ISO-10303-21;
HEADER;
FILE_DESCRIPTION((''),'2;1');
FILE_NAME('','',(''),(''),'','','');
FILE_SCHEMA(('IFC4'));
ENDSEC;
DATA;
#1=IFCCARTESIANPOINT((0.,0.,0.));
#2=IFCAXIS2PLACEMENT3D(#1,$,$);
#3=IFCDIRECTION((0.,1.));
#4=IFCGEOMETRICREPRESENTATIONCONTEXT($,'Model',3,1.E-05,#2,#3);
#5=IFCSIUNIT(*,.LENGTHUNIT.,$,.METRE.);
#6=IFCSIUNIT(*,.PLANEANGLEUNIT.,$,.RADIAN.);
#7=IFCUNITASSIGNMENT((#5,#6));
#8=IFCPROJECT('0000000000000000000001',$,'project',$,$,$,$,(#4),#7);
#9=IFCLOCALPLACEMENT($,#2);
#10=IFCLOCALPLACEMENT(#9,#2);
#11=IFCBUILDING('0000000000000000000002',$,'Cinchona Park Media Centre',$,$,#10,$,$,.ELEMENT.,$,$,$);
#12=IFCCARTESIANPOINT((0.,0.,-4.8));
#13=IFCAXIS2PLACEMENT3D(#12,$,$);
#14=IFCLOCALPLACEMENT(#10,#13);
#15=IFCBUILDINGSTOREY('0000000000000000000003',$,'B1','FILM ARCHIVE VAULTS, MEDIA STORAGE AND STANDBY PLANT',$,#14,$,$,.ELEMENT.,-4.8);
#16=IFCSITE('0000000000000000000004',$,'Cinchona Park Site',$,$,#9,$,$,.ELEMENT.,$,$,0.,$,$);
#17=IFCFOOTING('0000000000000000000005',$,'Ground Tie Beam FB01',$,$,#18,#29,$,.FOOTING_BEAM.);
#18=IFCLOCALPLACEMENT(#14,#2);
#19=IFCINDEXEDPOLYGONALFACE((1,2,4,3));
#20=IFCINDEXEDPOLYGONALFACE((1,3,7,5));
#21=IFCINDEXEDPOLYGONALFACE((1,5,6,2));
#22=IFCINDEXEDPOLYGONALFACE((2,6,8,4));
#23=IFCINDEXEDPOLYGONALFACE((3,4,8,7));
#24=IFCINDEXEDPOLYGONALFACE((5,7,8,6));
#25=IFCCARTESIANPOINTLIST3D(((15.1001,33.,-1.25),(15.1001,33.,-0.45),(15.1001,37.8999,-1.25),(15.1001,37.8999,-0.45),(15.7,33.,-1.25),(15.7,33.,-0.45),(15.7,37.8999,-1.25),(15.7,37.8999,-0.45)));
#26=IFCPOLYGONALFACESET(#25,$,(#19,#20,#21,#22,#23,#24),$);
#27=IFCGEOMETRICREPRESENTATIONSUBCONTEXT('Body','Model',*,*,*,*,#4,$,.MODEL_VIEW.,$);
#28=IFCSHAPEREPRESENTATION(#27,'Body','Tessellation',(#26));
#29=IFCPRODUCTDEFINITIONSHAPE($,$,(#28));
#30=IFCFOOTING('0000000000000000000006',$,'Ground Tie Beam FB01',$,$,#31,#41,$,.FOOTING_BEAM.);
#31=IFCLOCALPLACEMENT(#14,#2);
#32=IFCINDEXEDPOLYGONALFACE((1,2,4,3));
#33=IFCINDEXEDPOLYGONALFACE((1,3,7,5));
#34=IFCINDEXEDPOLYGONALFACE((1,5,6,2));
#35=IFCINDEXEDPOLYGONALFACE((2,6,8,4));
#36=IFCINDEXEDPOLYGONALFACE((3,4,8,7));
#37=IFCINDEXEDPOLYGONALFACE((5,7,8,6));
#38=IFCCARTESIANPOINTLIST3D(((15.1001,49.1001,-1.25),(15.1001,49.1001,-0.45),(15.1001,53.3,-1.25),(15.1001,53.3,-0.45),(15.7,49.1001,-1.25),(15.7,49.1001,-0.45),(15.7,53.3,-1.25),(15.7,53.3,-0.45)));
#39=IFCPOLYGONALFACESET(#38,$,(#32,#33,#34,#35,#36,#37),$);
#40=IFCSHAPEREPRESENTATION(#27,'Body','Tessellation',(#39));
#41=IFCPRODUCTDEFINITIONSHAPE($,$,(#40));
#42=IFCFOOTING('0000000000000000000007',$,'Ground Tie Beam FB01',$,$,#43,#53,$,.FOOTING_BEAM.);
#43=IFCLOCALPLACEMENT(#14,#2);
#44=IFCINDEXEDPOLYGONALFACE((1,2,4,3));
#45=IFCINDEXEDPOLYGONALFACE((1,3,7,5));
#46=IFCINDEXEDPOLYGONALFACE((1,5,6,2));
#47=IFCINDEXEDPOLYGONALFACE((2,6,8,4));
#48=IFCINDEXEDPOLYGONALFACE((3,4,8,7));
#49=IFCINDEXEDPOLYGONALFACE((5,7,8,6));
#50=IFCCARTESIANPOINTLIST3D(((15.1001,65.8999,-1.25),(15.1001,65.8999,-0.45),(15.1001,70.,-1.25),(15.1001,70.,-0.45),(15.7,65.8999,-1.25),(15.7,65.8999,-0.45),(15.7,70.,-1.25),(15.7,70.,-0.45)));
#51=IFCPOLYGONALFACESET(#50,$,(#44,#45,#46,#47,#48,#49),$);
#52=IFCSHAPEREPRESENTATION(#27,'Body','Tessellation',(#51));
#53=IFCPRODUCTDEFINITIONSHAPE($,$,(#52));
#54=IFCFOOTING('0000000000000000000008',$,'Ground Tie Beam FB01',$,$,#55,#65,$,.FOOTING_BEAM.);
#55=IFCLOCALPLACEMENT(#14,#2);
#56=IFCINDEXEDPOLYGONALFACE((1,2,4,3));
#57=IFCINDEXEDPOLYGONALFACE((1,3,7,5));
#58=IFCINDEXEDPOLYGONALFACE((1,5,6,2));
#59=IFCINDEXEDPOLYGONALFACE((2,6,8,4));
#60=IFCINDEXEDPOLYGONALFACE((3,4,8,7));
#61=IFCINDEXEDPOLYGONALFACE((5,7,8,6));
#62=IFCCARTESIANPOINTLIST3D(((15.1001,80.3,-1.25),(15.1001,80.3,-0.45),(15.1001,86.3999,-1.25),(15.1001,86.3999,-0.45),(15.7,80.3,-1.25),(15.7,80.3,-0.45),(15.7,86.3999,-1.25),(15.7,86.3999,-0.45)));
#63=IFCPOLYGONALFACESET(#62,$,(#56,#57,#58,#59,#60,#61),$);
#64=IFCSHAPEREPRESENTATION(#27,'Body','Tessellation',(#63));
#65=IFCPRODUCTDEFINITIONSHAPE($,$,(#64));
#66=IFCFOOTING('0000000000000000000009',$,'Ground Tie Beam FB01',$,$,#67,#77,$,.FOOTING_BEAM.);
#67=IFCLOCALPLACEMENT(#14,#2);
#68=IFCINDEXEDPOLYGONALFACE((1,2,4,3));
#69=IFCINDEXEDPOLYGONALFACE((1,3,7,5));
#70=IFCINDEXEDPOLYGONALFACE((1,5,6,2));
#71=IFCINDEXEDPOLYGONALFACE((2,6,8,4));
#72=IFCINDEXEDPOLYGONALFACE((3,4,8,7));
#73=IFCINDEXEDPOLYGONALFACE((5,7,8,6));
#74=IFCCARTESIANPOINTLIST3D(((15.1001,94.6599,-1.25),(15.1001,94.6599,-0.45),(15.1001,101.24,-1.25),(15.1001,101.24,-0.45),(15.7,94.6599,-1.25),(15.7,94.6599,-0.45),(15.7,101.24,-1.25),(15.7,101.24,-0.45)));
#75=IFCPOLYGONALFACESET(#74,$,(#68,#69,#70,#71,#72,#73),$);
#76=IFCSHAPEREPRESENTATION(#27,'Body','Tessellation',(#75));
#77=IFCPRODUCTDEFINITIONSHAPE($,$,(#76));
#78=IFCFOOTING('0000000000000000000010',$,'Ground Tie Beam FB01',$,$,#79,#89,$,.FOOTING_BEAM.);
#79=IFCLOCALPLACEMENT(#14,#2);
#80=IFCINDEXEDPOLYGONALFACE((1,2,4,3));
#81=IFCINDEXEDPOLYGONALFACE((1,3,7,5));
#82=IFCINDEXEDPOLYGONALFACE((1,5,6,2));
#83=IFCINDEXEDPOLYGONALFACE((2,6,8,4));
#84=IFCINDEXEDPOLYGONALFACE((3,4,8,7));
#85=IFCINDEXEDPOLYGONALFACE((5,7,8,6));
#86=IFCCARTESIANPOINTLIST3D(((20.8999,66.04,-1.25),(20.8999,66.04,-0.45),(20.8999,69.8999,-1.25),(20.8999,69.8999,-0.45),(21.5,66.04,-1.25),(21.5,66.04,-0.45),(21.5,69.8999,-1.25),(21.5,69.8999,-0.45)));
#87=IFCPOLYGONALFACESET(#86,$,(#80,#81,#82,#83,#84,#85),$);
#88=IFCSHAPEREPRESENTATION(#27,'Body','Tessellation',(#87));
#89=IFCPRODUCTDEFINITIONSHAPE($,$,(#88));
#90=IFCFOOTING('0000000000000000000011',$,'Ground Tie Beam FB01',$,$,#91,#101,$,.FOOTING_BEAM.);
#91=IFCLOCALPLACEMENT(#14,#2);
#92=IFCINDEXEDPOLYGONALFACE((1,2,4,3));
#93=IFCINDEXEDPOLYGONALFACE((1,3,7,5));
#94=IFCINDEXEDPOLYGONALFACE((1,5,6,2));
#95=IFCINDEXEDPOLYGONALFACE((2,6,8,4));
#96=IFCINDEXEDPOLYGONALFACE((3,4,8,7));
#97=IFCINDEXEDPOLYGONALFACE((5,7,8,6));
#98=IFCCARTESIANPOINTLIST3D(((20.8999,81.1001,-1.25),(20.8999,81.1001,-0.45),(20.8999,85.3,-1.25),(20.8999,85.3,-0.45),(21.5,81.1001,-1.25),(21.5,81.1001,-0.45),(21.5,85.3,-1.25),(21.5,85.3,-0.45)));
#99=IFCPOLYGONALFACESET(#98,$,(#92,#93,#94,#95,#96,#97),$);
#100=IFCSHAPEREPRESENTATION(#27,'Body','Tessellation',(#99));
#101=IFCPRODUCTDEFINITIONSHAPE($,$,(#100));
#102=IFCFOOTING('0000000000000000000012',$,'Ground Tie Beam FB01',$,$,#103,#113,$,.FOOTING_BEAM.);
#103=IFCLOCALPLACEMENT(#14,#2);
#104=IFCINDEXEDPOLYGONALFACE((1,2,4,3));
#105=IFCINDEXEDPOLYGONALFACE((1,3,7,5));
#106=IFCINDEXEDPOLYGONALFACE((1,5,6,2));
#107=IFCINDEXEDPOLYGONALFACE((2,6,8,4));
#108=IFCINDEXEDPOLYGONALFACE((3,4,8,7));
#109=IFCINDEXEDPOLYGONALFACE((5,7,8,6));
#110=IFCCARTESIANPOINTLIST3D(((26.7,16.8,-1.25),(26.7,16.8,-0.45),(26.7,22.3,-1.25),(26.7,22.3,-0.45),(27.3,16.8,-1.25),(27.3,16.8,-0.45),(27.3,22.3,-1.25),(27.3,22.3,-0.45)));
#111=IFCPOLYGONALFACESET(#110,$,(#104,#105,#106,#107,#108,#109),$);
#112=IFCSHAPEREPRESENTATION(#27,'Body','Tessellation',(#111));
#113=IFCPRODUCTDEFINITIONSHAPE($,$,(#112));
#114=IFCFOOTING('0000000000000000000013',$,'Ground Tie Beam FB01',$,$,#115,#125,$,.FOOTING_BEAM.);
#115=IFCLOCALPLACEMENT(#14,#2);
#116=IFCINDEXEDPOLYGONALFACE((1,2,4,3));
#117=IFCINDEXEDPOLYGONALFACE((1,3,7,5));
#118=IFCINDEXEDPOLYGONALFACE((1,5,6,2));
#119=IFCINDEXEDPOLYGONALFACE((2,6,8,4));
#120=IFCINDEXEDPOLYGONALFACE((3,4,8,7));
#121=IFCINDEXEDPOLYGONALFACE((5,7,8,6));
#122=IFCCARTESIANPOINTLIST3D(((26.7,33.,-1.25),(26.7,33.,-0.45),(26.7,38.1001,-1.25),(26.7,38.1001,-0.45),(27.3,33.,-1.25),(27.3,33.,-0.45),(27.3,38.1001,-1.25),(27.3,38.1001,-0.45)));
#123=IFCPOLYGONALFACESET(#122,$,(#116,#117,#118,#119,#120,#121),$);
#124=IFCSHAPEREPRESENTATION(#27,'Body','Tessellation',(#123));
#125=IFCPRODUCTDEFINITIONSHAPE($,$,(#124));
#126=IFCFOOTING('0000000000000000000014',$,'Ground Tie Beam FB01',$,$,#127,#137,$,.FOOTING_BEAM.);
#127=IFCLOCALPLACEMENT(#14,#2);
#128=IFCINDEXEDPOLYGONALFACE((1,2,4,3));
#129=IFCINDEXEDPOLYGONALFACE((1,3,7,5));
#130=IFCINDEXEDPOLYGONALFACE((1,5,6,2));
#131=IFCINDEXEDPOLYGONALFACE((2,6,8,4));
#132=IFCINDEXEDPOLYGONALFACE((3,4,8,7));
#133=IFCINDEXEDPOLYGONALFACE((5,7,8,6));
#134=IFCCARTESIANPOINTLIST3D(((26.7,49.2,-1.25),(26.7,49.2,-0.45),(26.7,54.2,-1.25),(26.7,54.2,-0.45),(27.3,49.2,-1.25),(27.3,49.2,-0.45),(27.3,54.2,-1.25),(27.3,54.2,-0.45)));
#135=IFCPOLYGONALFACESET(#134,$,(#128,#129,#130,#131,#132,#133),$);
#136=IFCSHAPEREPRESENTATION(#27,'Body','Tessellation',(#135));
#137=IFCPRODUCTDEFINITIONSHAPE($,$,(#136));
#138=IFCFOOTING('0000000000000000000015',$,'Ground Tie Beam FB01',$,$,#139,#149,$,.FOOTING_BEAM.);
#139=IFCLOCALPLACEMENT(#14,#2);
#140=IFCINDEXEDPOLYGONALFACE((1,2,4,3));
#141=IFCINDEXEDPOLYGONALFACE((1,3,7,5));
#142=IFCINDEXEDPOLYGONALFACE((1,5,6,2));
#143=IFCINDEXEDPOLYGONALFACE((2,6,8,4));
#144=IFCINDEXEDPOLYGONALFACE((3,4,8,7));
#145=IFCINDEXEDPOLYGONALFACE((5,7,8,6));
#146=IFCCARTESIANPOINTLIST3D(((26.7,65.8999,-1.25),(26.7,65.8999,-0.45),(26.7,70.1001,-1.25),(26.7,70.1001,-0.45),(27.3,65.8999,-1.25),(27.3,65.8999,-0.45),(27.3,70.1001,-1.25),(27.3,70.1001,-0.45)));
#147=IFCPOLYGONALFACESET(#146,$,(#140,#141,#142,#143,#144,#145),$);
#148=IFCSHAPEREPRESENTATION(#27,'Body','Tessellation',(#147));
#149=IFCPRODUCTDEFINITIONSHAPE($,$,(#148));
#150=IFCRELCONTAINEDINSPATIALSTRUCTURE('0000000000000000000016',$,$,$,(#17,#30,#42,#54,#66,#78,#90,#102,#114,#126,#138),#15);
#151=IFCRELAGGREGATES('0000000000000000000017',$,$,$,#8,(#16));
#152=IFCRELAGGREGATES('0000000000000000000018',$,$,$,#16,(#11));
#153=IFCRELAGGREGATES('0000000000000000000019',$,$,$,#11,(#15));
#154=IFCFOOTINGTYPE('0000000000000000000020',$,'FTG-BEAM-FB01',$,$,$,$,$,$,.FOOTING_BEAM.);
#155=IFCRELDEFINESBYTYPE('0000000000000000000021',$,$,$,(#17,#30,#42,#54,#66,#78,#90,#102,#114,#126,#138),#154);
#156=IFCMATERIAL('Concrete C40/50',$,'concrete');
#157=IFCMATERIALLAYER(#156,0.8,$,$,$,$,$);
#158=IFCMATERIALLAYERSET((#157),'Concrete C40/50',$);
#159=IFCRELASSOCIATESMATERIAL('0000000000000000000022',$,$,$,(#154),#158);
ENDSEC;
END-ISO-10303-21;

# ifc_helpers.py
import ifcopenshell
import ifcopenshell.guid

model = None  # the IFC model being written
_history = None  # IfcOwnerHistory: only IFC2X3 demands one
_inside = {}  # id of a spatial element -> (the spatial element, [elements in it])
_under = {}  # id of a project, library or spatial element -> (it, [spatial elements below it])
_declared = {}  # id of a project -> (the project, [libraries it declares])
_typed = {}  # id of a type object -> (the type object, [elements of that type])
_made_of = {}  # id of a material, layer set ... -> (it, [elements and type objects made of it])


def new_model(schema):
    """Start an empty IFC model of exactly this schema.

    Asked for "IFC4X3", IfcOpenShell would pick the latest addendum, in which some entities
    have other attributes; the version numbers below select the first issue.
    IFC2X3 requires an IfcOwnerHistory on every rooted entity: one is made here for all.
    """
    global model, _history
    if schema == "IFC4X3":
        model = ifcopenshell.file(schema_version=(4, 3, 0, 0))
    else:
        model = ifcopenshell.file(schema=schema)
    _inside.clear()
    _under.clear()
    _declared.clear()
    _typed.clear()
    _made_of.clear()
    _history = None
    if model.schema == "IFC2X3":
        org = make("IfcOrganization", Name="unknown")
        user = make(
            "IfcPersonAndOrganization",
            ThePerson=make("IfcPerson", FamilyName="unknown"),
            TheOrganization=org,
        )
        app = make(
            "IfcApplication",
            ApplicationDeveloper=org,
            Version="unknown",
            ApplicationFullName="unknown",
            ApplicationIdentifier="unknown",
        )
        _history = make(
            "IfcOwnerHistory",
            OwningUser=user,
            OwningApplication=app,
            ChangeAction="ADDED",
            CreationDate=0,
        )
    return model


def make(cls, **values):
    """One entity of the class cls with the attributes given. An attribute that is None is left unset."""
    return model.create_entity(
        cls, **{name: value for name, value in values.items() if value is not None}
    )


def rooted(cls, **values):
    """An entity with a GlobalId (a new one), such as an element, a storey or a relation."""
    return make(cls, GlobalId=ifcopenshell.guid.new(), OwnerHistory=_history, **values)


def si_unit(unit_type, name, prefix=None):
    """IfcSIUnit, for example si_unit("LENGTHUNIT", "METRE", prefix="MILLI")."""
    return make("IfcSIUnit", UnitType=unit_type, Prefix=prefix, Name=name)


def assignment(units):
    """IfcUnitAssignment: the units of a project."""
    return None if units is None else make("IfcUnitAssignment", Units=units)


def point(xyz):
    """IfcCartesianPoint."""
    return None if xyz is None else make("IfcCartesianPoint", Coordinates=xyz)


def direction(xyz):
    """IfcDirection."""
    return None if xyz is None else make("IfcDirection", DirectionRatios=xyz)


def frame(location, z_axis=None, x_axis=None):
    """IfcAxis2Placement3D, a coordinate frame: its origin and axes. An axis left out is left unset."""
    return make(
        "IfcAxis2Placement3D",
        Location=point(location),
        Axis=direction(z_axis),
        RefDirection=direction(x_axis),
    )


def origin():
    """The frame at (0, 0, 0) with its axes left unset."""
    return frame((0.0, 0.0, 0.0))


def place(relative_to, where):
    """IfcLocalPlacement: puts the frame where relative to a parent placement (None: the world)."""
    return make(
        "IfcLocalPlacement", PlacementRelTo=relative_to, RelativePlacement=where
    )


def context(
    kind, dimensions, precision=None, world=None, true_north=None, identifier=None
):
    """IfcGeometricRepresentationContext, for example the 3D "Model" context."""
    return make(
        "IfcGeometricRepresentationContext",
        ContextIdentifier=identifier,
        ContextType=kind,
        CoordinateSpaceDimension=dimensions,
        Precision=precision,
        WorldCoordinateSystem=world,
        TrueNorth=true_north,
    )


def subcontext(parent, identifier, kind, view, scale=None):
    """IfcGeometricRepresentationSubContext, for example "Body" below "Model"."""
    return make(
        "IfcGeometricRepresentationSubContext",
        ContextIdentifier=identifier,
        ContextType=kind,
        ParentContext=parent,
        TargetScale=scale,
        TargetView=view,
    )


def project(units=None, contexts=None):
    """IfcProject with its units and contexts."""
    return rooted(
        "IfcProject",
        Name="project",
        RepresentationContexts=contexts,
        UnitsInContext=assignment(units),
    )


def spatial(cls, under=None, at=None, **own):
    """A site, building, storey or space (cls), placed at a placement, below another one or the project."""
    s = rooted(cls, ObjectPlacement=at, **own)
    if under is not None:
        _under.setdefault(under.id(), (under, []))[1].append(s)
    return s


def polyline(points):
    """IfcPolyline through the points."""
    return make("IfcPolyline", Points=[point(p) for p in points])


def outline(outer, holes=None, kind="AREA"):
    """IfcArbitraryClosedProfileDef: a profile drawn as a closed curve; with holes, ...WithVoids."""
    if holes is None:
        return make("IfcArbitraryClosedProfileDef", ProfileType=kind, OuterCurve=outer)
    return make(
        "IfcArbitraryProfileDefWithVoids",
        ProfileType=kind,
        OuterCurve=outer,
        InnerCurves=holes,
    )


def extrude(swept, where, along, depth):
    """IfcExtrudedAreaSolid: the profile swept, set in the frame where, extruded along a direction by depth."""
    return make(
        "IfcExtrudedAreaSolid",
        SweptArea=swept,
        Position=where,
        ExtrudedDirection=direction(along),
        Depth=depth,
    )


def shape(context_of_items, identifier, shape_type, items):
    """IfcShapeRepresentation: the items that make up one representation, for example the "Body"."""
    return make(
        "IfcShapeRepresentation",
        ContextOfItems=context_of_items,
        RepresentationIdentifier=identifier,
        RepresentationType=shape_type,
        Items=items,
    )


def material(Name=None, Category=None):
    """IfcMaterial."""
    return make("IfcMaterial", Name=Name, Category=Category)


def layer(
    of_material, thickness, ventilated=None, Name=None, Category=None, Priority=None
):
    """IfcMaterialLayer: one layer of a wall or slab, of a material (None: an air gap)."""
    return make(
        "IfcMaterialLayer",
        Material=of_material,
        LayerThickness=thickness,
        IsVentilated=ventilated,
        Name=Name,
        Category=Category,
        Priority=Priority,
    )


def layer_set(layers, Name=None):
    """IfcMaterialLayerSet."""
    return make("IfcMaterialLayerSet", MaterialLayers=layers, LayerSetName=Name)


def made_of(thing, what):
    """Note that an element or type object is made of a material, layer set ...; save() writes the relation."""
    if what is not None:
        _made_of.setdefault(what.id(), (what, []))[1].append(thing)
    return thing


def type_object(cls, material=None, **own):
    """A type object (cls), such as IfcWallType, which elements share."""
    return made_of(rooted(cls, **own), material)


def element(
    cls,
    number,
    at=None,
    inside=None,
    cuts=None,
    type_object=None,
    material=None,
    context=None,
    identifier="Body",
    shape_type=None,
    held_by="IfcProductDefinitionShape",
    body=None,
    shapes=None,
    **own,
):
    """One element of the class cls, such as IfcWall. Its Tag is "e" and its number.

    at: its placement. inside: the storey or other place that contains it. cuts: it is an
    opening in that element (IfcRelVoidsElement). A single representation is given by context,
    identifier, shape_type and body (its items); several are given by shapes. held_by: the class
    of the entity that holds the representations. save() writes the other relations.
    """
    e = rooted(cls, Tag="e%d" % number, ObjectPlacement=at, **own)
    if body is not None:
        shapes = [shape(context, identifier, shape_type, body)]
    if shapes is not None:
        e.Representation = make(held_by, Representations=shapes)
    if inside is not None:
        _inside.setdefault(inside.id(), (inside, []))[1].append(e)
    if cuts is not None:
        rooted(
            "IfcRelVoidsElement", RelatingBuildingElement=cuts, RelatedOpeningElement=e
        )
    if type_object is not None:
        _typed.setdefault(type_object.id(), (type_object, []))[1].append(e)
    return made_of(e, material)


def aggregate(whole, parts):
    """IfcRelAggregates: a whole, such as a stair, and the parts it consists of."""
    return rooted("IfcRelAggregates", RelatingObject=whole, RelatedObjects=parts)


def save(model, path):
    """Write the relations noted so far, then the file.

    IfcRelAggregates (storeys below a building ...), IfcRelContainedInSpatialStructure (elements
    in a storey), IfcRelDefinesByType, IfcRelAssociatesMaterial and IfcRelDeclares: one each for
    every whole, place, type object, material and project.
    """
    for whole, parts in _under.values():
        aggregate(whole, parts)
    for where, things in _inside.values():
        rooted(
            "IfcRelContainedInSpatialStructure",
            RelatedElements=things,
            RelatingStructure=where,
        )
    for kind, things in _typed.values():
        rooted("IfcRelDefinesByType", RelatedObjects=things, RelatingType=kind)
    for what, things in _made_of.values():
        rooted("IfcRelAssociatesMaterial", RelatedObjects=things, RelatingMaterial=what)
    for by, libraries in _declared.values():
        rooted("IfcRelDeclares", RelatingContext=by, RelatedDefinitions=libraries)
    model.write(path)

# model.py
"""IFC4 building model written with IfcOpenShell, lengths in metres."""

from ifc_helpers import new_model, si_unit, direction, frame, origin, place, context, subcontext, project, spatial, polyline, outline, extrude, material, layer, layer_set, type_object, element, save


model = new_model("IFC4")

# Units and contexts
model_context = context("Model", 3, precision=1e-05, world=origin(), true_north=direction((0.0, 1.0)))
body_context = subcontext(model_context, "Body", "Model", "MODEL_VIEW")
ifc_project = project(units=[si_unit("LENGTHUNIT", "METRE"), si_unit("PLANEANGLEUNIT", "RADIAN")], contexts=[model_context])

# Site, building, storey
site_placement = place(None, origin())
site = spatial("IfcSite", under=ifc_project, at=site_placement, Name="Cinchona Park Site", CompositionType="ELEMENT", RefElevation=0.0)
building_placement = place(site_placement, origin())
building = spatial("IfcBuilding", under=site, at=building_placement, Name="Cinchona Park Media Centre", CompositionType="ELEMENT")
storey_placement = place(building_placement, frame((0.0, 0.0, -4.8)))
storey = spatial("IfcBuildingStorey", under=building, at=storey_placement, Name="B1", Description="FILM ARCHIVE VAULTS, MEDIA STORAGE AND STANDBY PLANT", CompositionType="ELEMENT", Elevation=-4.8)

# Footings
ifc_material = material(Name="Concrete C40/50", Category="concrete")
ifc_layer = layer(ifc_material, 0.8)
ifc_layer_set = layer_set([ifc_layer], Name="Concrete C40/50")
footing_type = type_object("IfcFootingType", Name="FTG-BEAM-FB01", PredefinedType="FOOTING_BEAM", material=ifc_layer_set)
footing_1_placement = place(storey_placement, frame((0.0, 0.0, -1.25)))
element("IfcFooting", 1, at=footing_1_placement, inside=storey, type_object=footing_type, Name="Ground Tie Beam FB01", PredefinedType="FOOTING_BEAM", context=body_context, shape_type="SweptSolid", body=[
    extrude(outline(polyline([(15.1001, 33.0), (15.7, 33.0), (15.7, 37.8999), (15.1001, 37.8999), (15.1001, 33.0)])), origin(), (0.0, 0.0, 1.0), 0.8),
])
footing_2_placement = place(storey_placement, frame((0.0, 0.0, -1.25)))
element("IfcFooting", 2, at=footing_2_placement, inside=storey, type_object=footing_type, Name="Ground Tie Beam FB01", PredefinedType="FOOTING_BEAM", context=body_context, shape_type="SweptSolid", body=[
    extrude(outline(polyline([(15.1001, 49.1001), (15.7, 49.1001), (15.7, 53.3), (15.1001, 53.3), (15.1001, 49.1001)])), origin(), (0.0, 0.0, 1.0), 0.8),
])
footing_3_placement = place(storey_placement, frame((0.0, 0.0, -1.25)))
element("IfcFooting", 3, at=footing_3_placement, inside=storey, type_object=footing_type, Name="Ground Tie Beam FB01", PredefinedType="FOOTING_BEAM", context=body_context, shape_type="SweptSolid", body=[
    extrude(outline(polyline([(15.1001, 65.8999), (15.7, 65.8999), (15.7, 70.0), (15.1001, 70.0), (15.1001, 65.8999)])), origin(), (0.0, 0.0, 1.0), 0.8),
])
footing_4_placement = place(storey_placement, frame((0.0, 0.0, -1.25)))
element("IfcFooting", 4, at=footing_4_placement, inside=storey, type_object=footing_type, Name="Ground Tie Beam FB01", PredefinedType="FOOTING_BEAM", context=body_context, shape_type="SweptSolid", body=[
    extrude(outline(polyline([(15.1001, 80.3), (15.7, 80.3), (15.7, 86.3999), (15.1001, 86.3999), (15.1001, 80.3)])), origin(), (0.0, 0.0, 1.0), 0.8),
])
footing_5_placement = place(storey_placement, frame((0.0, 0.0, -1.25)))
element("IfcFooting", 5, at=footing_5_placement, inside=storey, type_object=footing_type, Name="Ground Tie Beam FB01", PredefinedType="FOOTING_BEAM", context=body_context, shape_type="SweptSolid", body=[
    extrude(outline(polyline([(15.1001, 94.6599), (15.7, 94.6599), (15.7, 101.24), (15.1001, 101.24), (15.1001, 94.6599)])), origin(), (0.0, 0.0, 1.0), 0.8),
])
footing_6_placement = place(storey_placement, frame((0.0, 0.0, -1.25)))
element("IfcFooting", 6, at=footing_6_placement, inside=storey, type_object=footing_type, Name="Ground Tie Beam FB01", PredefinedType="FOOTING_BEAM", context=body_context, shape_type="SweptSolid", body=[
    extrude(outline(polyline([(20.8999, 66.04), (21.5, 66.04), (21.5, 69.8999), (20.8999, 69.8999), (20.8999, 66.04)])), origin(), (0.0, 0.0, 1.0), 0.8),
])
footing_7_placement = place(storey_placement, frame((0.0, 0.0, -1.25)))
element("IfcFooting", 7, at=footing_7_placement, inside=storey, type_object=footing_type, Name="Ground Tie Beam FB01", PredefinedType="FOOTING_BEAM", context=body_context, shape_type="SweptSolid", body=[
    extrude(outline(polyline([(20.8999, 81.1001), (21.5, 81.1001), (21.5, 85.3), (20.8999, 85.3), (20.8999, 81.1001)])), origin(), (0.0, 0.0, 1.0), 0.8),
])
footing_8_placement = place(storey_placement, frame((0.0, 0.0, -1.25)))
element("IfcFooting", 8, at=footing_8_placement, inside=storey, type_object=footing_type, Name="Ground Tie Beam FB01", PredefinedType="FOOTING_BEAM", context=body_context, shape_type="SweptSolid", body=[
    extrude(outline(polyline([(26.7, 16.8), (27.3, 16.8), (27.3, 22.3), (26.7, 22.3), (26.7, 16.8)])), origin(), (0.0, 0.0, 1.0), 0.8),
])
footing_9_placement = place(storey_placement, frame((0.0, 0.0, -1.25)))
element("IfcFooting", 9, at=footing_9_placement, inside=storey, type_object=footing_type, Name="Ground Tie Beam FB01", PredefinedType="FOOTING_BEAM", context=body_context, shape_type="SweptSolid", body=[
    extrude(outline(polyline([(26.7, 33.0), (27.3, 33.0), (27.3, 38.1001), (26.7, 38.1001), (26.7, 33.0)])), origin(), (0.0, 0.0, 1.0), 0.8),
])
footing_10_placement = place(storey_placement, frame((0.0, 0.0, -1.25)))
element("IfcFooting", 10, at=footing_10_placement, inside=storey, type_object=footing_type, Name="Ground Tie Beam FB01", PredefinedType="FOOTING_BEAM", context=body_context, shape_type="SweptSolid", body=[
    extrude(outline(polyline([(26.7, 49.2), (27.3, 49.2), (27.3, 54.2), (26.7, 54.2), (26.7, 49.2)])), origin(), (0.0, 0.0, 1.0), 0.8),
])
footing_11_placement = place(storey_placement, frame((0.0, 0.0, -1.25)))
element("IfcFooting", 11, at=footing_11_placement, inside=storey, type_object=footing_type, Name="Ground Tie Beam FB01", PredefinedType="FOOTING_BEAM", context=body_context, shape_type="SweptSolid", body=[
    extrude(outline(polyline([(26.7, 65.8999), (27.3, 65.8999), (27.3, 70.1001), (26.7, 70.1001), (26.7, 65.8999)])), origin(), (0.0, 0.0, 1.0), 0.8),
])

save(model, "model.ifc")
